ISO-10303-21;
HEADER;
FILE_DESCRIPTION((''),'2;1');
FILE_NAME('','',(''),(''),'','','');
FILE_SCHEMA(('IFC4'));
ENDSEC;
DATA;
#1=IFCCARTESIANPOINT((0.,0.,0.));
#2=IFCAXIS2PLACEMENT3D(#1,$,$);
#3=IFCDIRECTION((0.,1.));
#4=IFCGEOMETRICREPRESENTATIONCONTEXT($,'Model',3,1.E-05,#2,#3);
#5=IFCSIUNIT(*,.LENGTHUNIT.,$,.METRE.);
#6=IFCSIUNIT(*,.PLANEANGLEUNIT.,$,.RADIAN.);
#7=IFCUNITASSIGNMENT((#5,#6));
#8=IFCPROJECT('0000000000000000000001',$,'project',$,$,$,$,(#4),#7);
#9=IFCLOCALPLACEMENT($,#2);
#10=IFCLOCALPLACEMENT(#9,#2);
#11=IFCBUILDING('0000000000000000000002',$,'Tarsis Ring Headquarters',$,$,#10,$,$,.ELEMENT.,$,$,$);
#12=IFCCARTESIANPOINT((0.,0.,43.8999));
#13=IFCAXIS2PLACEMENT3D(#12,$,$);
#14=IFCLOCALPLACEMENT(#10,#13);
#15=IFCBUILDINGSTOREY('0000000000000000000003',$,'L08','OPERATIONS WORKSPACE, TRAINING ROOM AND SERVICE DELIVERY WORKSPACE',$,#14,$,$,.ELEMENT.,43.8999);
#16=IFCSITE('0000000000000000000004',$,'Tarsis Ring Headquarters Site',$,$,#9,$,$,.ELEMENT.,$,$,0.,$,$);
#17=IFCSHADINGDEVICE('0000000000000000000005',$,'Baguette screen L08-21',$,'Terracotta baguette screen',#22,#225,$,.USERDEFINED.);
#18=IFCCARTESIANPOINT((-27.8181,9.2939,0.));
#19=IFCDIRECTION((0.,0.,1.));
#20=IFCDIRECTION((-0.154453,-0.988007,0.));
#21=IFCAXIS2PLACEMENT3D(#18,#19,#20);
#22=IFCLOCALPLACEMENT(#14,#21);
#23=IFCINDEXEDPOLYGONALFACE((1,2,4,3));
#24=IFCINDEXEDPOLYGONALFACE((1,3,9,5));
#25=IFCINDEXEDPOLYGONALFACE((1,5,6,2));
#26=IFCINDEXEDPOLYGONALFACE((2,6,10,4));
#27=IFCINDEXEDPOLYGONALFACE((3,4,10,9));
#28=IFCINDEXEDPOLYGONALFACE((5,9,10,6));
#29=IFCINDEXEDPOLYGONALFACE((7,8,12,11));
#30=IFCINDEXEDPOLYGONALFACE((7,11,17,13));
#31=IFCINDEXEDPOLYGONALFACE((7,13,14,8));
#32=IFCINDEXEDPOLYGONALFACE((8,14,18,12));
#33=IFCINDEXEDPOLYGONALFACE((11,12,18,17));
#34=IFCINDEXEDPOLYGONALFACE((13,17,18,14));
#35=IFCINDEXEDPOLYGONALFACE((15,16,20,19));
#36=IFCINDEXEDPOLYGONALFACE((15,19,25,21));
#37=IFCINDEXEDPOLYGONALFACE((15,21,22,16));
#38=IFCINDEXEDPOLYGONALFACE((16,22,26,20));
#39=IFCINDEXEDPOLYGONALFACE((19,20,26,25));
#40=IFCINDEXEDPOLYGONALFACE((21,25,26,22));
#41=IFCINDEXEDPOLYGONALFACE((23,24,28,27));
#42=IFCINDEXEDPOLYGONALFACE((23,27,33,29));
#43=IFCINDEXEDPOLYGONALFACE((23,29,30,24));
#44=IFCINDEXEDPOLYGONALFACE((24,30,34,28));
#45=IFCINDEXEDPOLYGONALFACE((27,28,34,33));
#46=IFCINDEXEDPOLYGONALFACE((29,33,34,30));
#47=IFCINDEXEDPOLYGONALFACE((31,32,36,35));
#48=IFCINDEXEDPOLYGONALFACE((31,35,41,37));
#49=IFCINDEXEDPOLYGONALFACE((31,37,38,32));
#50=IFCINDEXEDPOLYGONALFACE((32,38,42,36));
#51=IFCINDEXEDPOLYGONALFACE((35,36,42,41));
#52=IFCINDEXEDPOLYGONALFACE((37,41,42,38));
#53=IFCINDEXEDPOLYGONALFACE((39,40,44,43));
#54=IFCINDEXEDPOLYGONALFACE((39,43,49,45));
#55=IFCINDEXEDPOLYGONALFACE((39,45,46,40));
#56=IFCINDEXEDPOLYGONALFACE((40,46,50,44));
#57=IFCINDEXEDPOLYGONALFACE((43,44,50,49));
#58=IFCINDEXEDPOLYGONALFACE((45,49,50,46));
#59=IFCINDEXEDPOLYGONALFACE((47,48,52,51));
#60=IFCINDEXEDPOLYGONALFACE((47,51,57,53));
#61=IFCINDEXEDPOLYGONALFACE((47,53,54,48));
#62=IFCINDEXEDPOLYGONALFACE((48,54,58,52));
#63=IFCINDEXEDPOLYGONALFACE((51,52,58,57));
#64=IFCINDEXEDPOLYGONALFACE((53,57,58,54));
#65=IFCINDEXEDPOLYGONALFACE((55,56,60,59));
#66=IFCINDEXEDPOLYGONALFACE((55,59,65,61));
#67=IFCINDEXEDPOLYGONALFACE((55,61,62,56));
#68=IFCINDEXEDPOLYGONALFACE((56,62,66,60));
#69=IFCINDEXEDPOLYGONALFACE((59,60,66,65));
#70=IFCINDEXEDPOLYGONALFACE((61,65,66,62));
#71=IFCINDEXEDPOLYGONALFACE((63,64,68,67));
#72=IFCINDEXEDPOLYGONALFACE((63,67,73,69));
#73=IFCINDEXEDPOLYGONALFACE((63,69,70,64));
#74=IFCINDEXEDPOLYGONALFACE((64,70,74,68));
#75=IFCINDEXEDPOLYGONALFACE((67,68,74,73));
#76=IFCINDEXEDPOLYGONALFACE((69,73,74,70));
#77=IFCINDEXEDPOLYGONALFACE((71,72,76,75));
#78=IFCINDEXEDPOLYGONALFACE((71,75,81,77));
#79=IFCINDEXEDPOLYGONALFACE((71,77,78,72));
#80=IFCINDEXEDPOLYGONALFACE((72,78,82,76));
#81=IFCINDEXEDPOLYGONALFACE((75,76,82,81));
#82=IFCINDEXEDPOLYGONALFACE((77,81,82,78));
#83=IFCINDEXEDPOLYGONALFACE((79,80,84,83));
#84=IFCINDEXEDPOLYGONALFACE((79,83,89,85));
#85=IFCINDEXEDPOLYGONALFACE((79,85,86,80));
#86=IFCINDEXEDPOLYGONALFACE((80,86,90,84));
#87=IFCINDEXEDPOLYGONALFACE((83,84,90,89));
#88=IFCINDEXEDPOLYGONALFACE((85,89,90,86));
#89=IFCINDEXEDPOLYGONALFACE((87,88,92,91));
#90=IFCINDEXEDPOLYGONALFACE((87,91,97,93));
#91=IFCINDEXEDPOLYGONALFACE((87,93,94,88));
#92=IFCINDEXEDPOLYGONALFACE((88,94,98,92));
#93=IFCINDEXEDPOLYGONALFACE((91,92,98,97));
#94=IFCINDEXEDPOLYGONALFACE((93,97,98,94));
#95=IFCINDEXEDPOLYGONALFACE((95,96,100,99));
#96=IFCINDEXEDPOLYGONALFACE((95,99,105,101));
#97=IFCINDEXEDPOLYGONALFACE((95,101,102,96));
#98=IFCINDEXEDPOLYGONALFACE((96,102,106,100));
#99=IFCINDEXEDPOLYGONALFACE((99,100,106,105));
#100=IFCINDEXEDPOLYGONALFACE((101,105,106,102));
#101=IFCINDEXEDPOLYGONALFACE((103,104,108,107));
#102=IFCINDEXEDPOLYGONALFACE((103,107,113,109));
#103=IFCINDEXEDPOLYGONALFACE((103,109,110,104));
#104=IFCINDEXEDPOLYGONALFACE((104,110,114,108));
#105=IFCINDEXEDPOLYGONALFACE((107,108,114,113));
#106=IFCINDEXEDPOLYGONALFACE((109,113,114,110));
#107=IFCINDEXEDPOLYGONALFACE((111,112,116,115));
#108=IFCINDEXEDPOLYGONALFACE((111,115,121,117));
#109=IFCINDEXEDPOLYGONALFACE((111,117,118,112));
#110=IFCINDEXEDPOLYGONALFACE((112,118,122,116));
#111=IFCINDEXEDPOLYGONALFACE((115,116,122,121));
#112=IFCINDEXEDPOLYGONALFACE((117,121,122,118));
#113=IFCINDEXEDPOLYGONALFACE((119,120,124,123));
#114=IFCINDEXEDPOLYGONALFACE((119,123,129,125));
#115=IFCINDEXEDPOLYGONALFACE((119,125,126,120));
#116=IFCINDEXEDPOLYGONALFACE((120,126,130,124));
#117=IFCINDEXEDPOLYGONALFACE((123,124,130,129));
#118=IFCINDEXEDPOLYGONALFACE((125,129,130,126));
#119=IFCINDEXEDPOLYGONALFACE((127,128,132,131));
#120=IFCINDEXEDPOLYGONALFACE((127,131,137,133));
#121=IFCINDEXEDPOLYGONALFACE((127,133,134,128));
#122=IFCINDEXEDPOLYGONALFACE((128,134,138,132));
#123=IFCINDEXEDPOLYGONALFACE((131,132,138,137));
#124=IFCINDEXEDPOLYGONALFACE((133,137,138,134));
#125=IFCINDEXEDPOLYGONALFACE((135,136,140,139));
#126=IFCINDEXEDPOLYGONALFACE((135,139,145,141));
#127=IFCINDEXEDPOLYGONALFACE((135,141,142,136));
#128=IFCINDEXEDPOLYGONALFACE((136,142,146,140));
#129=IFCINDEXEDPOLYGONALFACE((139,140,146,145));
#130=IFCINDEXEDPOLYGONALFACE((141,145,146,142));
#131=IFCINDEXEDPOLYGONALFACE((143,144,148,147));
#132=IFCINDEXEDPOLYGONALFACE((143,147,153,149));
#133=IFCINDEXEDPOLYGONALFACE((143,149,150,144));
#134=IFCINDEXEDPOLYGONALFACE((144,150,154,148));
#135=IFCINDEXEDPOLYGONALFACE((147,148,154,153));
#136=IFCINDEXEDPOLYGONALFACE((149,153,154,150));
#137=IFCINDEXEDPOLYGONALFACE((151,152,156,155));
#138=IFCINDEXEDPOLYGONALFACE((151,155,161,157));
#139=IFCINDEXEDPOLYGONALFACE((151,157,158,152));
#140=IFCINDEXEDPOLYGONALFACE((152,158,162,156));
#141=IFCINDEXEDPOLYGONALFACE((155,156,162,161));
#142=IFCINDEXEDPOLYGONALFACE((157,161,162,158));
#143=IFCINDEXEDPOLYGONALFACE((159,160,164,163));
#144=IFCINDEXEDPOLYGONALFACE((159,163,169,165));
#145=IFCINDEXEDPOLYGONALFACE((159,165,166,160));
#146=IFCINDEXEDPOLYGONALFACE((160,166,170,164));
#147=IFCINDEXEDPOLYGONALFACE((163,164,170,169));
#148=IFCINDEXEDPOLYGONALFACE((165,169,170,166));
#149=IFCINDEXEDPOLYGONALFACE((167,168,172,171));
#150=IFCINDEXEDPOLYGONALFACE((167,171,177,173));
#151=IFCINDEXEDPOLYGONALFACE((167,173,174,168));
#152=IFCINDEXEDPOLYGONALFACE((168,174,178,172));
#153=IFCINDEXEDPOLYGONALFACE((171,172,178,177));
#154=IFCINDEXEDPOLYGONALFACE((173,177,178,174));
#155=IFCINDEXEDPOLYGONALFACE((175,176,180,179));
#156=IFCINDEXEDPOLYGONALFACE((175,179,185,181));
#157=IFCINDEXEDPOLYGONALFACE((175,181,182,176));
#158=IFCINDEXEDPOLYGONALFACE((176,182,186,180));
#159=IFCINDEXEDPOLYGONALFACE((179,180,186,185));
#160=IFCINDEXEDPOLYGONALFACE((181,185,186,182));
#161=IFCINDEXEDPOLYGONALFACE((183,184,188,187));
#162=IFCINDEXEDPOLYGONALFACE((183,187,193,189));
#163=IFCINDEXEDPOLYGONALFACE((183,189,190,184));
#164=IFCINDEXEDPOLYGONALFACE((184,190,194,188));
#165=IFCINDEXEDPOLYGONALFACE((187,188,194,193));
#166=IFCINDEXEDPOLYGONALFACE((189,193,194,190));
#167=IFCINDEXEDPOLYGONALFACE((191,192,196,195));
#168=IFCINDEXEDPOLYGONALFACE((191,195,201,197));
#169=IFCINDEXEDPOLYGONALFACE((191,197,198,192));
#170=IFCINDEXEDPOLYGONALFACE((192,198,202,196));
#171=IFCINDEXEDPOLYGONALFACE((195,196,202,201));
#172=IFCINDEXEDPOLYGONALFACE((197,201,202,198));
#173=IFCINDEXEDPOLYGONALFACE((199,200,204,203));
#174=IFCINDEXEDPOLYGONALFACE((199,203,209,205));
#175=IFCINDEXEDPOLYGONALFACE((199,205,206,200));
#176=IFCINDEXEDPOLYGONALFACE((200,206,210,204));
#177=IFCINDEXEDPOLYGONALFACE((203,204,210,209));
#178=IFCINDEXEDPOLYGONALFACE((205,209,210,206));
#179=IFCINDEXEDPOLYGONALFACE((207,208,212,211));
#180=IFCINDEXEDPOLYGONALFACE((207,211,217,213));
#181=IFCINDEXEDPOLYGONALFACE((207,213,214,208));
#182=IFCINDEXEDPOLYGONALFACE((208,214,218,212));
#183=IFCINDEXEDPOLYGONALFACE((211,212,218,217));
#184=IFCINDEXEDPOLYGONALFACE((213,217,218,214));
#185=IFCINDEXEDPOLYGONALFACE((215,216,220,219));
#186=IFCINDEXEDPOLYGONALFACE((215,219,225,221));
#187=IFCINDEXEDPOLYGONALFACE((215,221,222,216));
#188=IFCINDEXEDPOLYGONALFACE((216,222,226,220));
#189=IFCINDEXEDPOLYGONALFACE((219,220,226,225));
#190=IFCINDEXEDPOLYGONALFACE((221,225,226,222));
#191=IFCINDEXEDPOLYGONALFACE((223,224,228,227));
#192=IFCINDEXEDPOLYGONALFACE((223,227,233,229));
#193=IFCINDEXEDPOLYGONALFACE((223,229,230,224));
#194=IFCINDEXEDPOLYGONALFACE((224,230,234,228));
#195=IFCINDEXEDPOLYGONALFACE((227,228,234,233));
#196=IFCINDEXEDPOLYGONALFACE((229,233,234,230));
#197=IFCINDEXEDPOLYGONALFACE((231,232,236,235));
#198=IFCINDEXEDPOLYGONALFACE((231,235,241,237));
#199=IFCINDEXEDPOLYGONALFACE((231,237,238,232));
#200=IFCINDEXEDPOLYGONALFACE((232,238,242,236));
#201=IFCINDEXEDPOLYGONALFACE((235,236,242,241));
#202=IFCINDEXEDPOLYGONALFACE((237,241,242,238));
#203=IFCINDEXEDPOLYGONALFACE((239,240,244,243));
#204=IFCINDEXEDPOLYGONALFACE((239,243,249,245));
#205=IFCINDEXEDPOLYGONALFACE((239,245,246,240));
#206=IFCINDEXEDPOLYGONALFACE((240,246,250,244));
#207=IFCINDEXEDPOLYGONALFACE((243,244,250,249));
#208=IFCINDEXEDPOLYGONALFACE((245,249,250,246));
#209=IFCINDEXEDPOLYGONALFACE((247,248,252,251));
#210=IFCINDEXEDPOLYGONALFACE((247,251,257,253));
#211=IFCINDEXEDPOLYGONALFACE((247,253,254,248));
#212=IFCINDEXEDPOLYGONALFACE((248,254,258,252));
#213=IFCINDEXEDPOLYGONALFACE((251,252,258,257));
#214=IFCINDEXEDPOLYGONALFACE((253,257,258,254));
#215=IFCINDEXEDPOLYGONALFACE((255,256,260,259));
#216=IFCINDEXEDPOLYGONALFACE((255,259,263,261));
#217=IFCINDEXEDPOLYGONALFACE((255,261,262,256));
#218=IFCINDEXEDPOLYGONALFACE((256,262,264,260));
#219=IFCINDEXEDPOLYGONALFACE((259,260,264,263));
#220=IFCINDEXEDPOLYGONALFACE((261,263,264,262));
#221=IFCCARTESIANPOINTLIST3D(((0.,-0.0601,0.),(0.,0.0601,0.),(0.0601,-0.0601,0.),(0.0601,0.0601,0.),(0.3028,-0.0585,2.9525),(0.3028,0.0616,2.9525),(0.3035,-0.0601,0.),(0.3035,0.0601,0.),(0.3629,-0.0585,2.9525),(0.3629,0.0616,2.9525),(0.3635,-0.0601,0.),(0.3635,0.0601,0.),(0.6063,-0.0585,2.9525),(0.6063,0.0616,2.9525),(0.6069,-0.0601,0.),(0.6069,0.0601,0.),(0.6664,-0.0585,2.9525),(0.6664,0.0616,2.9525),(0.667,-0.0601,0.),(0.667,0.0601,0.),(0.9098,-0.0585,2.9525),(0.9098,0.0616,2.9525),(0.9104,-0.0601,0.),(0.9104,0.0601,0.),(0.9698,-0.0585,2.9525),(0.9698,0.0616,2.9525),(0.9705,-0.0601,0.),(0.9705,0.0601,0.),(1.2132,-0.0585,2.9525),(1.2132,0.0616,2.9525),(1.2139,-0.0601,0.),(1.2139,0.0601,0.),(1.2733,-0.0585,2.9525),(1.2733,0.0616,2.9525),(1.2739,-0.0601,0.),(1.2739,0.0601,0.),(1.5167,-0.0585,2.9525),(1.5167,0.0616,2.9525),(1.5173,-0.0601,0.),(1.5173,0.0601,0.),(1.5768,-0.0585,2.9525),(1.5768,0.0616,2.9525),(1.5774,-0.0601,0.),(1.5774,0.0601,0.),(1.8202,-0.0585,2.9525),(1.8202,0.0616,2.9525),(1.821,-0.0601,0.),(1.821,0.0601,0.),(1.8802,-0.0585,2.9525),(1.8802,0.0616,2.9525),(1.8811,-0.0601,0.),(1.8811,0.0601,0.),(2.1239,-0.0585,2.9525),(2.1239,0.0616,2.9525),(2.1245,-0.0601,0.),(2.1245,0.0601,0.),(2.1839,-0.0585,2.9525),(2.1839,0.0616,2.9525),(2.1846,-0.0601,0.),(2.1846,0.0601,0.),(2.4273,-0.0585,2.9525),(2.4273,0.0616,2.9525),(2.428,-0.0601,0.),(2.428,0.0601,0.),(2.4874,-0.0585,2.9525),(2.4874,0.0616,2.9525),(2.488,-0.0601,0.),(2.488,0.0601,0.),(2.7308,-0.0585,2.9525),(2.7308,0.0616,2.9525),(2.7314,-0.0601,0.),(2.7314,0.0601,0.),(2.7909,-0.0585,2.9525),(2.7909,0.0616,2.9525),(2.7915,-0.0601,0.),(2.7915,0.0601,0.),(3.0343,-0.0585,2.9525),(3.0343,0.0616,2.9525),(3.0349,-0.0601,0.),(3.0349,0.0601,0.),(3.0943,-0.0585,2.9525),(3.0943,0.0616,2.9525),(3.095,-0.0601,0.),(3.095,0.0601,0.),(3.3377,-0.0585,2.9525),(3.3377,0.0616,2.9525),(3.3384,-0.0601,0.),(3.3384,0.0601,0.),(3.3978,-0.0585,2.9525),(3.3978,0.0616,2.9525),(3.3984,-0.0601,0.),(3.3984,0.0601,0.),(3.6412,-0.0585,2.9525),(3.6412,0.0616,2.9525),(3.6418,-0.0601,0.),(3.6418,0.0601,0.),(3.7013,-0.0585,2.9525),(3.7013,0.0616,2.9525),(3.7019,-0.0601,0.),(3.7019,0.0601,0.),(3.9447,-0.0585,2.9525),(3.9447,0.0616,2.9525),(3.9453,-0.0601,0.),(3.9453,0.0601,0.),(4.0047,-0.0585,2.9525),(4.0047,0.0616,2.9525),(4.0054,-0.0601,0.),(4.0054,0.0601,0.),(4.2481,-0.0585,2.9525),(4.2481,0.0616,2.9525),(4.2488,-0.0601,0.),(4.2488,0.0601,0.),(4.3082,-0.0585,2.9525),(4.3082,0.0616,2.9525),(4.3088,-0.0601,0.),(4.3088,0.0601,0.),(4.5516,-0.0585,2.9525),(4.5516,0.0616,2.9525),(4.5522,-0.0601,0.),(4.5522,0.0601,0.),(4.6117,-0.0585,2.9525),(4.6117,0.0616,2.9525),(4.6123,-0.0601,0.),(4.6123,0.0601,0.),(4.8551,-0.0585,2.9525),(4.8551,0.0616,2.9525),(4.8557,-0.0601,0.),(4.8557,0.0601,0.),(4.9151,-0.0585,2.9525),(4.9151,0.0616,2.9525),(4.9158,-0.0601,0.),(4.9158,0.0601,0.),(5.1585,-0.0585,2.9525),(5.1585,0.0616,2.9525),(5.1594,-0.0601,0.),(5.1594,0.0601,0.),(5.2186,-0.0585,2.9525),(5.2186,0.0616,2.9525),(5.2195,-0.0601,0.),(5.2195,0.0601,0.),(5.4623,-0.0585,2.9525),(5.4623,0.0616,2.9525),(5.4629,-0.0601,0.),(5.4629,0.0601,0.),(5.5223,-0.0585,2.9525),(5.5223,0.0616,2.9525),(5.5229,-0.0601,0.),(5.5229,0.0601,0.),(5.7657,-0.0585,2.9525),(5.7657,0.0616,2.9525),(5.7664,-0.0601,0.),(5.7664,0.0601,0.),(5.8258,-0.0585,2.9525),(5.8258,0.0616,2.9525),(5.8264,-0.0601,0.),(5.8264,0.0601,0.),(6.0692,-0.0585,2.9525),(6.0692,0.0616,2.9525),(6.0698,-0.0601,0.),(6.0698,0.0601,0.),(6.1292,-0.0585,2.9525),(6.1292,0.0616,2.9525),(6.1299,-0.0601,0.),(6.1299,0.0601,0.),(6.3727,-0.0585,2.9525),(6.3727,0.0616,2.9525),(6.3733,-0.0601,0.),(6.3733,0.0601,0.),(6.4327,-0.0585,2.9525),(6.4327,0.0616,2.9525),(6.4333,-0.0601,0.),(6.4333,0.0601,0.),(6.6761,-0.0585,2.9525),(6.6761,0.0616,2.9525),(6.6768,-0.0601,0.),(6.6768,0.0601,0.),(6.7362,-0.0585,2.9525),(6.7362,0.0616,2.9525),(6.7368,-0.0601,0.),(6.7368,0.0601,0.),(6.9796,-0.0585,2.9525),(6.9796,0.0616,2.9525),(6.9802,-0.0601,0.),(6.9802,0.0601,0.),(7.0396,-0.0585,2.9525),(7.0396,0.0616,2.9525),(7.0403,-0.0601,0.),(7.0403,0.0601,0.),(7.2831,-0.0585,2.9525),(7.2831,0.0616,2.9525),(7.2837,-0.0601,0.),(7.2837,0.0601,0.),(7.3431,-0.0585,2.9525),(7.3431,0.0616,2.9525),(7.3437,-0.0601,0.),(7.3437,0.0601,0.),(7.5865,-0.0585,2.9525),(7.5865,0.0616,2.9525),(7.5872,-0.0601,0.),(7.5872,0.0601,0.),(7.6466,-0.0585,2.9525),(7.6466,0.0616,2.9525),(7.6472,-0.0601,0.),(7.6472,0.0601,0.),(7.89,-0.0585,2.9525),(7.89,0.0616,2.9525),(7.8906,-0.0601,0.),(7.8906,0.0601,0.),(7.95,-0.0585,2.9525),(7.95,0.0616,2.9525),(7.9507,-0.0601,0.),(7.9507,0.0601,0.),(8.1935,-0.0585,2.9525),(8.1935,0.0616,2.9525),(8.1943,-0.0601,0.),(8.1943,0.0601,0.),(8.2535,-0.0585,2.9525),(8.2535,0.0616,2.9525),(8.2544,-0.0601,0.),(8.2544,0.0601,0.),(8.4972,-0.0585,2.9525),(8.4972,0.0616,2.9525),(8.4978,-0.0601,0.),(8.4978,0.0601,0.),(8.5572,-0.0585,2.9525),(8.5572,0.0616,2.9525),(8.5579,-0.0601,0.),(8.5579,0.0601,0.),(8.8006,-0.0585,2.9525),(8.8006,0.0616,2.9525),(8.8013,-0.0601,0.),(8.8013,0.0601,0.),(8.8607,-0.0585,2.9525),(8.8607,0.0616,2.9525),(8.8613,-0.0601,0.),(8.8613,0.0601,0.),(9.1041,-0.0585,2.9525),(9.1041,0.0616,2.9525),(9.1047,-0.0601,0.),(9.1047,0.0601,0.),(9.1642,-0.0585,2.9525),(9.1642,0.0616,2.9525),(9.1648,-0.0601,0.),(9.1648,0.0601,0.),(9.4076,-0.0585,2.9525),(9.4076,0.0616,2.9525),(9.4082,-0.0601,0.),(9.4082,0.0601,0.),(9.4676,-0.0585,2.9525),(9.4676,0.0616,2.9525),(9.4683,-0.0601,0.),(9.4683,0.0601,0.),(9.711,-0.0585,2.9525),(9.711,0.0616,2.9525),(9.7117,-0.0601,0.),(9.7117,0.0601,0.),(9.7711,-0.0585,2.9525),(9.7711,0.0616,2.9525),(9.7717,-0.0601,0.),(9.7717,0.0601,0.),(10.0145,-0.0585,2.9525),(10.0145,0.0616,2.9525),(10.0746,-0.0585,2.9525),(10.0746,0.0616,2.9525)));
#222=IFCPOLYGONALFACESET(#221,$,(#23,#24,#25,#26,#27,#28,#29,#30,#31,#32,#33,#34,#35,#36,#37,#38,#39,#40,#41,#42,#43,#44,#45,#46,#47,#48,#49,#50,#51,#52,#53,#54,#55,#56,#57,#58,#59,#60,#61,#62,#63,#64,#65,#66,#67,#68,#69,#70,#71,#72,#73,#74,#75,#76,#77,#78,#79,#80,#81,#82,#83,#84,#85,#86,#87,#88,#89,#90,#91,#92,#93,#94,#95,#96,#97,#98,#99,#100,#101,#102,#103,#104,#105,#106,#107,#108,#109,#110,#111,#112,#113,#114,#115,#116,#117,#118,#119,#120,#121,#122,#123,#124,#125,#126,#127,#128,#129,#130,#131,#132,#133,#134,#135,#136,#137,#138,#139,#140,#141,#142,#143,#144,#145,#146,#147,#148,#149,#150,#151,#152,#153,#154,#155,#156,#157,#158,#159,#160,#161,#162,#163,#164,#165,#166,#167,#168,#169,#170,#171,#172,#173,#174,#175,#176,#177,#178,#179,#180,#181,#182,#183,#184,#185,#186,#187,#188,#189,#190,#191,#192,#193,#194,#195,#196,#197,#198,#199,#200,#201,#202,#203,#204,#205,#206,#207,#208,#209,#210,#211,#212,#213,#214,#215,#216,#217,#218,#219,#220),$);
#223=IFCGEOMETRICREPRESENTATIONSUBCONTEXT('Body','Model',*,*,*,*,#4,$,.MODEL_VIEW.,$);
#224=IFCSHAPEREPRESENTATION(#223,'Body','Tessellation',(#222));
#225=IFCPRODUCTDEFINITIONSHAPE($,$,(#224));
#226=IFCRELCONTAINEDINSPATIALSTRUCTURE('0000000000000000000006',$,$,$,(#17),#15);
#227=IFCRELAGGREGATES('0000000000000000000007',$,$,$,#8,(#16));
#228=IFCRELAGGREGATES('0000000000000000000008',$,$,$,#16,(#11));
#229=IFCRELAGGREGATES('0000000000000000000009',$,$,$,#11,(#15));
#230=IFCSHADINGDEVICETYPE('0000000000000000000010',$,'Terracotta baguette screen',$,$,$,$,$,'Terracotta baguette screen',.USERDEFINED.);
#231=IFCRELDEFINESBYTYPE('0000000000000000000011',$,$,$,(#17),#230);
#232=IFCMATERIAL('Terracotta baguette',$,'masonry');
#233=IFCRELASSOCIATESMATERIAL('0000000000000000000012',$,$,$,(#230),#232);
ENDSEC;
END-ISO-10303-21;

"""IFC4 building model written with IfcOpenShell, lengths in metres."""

from ifc_helpers import new_model, si_unit, direction, frame, frame_2d, origin, place, context, subcontext, project, spatial, rectangle, composite_profile, extrude, material, type_object, element, save


model = new_model("IFC4")

# Units and contexts
model_context = context("Model", 3, precision=1e-05, world=origin(), true_north=direction((0.0, 1.0)))
body_context = subcontext(model_context, "Body", "Model", "MODEL_VIEW")
ifc_project = project(units=[si_unit("LENGTHUNIT", "METRE"), si_unit("PLANEANGLEUNIT", "RADIAN")], contexts=[model_context])

# Site, building, storey
site_placement = place(None, origin())
site = spatial("IfcSite", under=ifc_project, at=site_placement, Name="Tarsis Ring Headquarters Site", CompositionType="ELEMENT", RefElevation=0.0)
building_placement = place(site_placement, origin())
building = spatial("IfcBuilding", under=site, at=building_placement, Name="Tarsis Ring Headquarters", CompositionType="ELEMENT")
storey_placement = place(building_placement, frame((0.0, 0.0, 43.8999)))
storey = spatial("IfcBuildingStorey", under=building, at=storey_placement, Name="L08", Description="OPERATIONS WORKSPACE, TRAINING ROOM AND SERVICE DELIVERY WORKSPACE", CompositionType="ELEMENT", Elevation=43.8999)

# Shading device
ifc_material_1 = material(Name="Terracotta baguette", Category="masonry")
shading_device_type = type_object("IfcShadingDeviceType", Name="Terracotta baguette screen", ElementType="Terracotta baguette screen", PredefinedType="USERDEFINED", material=ifc_material_1)
shading_device_placement = place(storey_placement, frame((-27.8181, 9.2939, 0.0), z_axis=(0.0, 0.0, 1.0), x_axis=(-0.154453, -0.988007, 0.0)))
element("IfcShadingDevice", 1, at=shading_device_placement, inside=storey, type_object=shading_device_type, Name="Baguette screen L08-21", ObjectType="Terracotta baguette screen", PredefinedType="USERDEFINED", context=body_context, shape_type="SweptSolid", body=[
    extrude(composite_profile([rectangle(XDim=0.0601, YDim=0.1201, at=frame_2d((0.03, 0.0))), rectangle(XDim=0.0601, YDim=0.1201, at=frame_2d((0.3335, 0.0))), rectangle(XDim=0.0601, YDim=0.1201, at=frame_2d((0.637, 0.0))), rectangle(XDim=0.0601, YDim=0.1201, at=frame_2d((0.9404, 0.0))), rectangle(XDim=0.0601, YDim=0.1201, at=frame_2d((1.2439, 0.0))), rectangle(XDim=0.0601, YDim=0.1201, at=frame_2d((1.5474, 0.0))), rectangle(XDim=0.0601, YDim=0.1201, at=frame_2d((1.8511, 0.0))), rectangle(XDim=0.0601, YDim=0.1201, at=frame_2d((2.1545, 0.0))), rectangle(XDim=0.0601, YDim=0.1201, at=frame_2d((2.458, 0.0))), rectangle(XDim=0.0601, YDim=0.1201, at=frame_2d((2.7615, 0.0))), rectangle(XDim=0.0601, YDim=0.1201, at=frame_2d((3.0649, 0.0))), rectangle(XDim=0.0601, YDim=0.1201, at=frame_2d((3.3684, 0.0))), rectangle(XDim=0.0601, YDim=0.1201, at=frame_2d((3.6719, 0.0))), rectangle(XDim=0.0601, YDim=0.1201, at=frame_2d((3.9753, 0.0))), rectangle(XDim=0.0601, YDim=0.1201, at=frame_2d((4.2788, 0.0))), rectangle(XDim=0.0601, YDim=0.1201, at=frame_2d((4.5823, 0.0))), rectangle(XDim=0.0601, YDim=0.1201, at=frame_2d((4.8857, 0.0))), rectangle(XDim=0.0601, YDim=0.1201, at=frame_2d((5.1895, 0.0))), rectangle(XDim=0.0601, YDim=0.1201, at=frame_2d((5.4929, 0.0))), rectangle(XDim=0.0601, YDim=0.1201, at=frame_2d((5.7964, 0.0))), rectangle(XDim=0.0601, YDim=0.1201, at=frame_2d((6.0999, 0.0))), rectangle(XDim=0.0601, YDim=0.1201, at=frame_2d((6.4033, 0.0))), rectangle(XDim=0.0601, YDim=0.1201, at=frame_2d((6.7068, 0.0))), rectangle(XDim=0.0601, YDim=0.1201, at=frame_2d((7.0103, 0.0))), rectangle(XDim=0.0601, YDim=0.1201, at=frame_2d((7.3137, 0.0))), rectangle(XDim=0.0601, YDim=0.1201, at=frame_2d((7.6172, 0.0))), rectangle(XDim=0.0601, YDim=0.1201, at=frame_2d((7.9207, 0.0))), rectangle(XDim=0.0601, YDim=0.1201, at=frame_2d((8.2244, 0.0))), rectangle(XDim=0.0601, YDim=0.1201, at=frame_2d((8.5278, 0.0))), rectangle(XDim=0.0601, YDim=0.1201, at=frame_2d((8.8313, 0.0))), rectangle(XDim=0.0601, YDim=0.1201, at=frame_2d((9.1348, 0.0))), rectangle(XDim=0.0601, YDim=0.1201, at=frame_2d((9.4382, 0.0))), rectangle(XDim=0.0601, YDim=0.1201, at=frame_2d((9.7417, 0.0)))]), origin(), (0.102032, 0.000534, 0.994781), 2.968),
])

save(model, "model.ifc")
